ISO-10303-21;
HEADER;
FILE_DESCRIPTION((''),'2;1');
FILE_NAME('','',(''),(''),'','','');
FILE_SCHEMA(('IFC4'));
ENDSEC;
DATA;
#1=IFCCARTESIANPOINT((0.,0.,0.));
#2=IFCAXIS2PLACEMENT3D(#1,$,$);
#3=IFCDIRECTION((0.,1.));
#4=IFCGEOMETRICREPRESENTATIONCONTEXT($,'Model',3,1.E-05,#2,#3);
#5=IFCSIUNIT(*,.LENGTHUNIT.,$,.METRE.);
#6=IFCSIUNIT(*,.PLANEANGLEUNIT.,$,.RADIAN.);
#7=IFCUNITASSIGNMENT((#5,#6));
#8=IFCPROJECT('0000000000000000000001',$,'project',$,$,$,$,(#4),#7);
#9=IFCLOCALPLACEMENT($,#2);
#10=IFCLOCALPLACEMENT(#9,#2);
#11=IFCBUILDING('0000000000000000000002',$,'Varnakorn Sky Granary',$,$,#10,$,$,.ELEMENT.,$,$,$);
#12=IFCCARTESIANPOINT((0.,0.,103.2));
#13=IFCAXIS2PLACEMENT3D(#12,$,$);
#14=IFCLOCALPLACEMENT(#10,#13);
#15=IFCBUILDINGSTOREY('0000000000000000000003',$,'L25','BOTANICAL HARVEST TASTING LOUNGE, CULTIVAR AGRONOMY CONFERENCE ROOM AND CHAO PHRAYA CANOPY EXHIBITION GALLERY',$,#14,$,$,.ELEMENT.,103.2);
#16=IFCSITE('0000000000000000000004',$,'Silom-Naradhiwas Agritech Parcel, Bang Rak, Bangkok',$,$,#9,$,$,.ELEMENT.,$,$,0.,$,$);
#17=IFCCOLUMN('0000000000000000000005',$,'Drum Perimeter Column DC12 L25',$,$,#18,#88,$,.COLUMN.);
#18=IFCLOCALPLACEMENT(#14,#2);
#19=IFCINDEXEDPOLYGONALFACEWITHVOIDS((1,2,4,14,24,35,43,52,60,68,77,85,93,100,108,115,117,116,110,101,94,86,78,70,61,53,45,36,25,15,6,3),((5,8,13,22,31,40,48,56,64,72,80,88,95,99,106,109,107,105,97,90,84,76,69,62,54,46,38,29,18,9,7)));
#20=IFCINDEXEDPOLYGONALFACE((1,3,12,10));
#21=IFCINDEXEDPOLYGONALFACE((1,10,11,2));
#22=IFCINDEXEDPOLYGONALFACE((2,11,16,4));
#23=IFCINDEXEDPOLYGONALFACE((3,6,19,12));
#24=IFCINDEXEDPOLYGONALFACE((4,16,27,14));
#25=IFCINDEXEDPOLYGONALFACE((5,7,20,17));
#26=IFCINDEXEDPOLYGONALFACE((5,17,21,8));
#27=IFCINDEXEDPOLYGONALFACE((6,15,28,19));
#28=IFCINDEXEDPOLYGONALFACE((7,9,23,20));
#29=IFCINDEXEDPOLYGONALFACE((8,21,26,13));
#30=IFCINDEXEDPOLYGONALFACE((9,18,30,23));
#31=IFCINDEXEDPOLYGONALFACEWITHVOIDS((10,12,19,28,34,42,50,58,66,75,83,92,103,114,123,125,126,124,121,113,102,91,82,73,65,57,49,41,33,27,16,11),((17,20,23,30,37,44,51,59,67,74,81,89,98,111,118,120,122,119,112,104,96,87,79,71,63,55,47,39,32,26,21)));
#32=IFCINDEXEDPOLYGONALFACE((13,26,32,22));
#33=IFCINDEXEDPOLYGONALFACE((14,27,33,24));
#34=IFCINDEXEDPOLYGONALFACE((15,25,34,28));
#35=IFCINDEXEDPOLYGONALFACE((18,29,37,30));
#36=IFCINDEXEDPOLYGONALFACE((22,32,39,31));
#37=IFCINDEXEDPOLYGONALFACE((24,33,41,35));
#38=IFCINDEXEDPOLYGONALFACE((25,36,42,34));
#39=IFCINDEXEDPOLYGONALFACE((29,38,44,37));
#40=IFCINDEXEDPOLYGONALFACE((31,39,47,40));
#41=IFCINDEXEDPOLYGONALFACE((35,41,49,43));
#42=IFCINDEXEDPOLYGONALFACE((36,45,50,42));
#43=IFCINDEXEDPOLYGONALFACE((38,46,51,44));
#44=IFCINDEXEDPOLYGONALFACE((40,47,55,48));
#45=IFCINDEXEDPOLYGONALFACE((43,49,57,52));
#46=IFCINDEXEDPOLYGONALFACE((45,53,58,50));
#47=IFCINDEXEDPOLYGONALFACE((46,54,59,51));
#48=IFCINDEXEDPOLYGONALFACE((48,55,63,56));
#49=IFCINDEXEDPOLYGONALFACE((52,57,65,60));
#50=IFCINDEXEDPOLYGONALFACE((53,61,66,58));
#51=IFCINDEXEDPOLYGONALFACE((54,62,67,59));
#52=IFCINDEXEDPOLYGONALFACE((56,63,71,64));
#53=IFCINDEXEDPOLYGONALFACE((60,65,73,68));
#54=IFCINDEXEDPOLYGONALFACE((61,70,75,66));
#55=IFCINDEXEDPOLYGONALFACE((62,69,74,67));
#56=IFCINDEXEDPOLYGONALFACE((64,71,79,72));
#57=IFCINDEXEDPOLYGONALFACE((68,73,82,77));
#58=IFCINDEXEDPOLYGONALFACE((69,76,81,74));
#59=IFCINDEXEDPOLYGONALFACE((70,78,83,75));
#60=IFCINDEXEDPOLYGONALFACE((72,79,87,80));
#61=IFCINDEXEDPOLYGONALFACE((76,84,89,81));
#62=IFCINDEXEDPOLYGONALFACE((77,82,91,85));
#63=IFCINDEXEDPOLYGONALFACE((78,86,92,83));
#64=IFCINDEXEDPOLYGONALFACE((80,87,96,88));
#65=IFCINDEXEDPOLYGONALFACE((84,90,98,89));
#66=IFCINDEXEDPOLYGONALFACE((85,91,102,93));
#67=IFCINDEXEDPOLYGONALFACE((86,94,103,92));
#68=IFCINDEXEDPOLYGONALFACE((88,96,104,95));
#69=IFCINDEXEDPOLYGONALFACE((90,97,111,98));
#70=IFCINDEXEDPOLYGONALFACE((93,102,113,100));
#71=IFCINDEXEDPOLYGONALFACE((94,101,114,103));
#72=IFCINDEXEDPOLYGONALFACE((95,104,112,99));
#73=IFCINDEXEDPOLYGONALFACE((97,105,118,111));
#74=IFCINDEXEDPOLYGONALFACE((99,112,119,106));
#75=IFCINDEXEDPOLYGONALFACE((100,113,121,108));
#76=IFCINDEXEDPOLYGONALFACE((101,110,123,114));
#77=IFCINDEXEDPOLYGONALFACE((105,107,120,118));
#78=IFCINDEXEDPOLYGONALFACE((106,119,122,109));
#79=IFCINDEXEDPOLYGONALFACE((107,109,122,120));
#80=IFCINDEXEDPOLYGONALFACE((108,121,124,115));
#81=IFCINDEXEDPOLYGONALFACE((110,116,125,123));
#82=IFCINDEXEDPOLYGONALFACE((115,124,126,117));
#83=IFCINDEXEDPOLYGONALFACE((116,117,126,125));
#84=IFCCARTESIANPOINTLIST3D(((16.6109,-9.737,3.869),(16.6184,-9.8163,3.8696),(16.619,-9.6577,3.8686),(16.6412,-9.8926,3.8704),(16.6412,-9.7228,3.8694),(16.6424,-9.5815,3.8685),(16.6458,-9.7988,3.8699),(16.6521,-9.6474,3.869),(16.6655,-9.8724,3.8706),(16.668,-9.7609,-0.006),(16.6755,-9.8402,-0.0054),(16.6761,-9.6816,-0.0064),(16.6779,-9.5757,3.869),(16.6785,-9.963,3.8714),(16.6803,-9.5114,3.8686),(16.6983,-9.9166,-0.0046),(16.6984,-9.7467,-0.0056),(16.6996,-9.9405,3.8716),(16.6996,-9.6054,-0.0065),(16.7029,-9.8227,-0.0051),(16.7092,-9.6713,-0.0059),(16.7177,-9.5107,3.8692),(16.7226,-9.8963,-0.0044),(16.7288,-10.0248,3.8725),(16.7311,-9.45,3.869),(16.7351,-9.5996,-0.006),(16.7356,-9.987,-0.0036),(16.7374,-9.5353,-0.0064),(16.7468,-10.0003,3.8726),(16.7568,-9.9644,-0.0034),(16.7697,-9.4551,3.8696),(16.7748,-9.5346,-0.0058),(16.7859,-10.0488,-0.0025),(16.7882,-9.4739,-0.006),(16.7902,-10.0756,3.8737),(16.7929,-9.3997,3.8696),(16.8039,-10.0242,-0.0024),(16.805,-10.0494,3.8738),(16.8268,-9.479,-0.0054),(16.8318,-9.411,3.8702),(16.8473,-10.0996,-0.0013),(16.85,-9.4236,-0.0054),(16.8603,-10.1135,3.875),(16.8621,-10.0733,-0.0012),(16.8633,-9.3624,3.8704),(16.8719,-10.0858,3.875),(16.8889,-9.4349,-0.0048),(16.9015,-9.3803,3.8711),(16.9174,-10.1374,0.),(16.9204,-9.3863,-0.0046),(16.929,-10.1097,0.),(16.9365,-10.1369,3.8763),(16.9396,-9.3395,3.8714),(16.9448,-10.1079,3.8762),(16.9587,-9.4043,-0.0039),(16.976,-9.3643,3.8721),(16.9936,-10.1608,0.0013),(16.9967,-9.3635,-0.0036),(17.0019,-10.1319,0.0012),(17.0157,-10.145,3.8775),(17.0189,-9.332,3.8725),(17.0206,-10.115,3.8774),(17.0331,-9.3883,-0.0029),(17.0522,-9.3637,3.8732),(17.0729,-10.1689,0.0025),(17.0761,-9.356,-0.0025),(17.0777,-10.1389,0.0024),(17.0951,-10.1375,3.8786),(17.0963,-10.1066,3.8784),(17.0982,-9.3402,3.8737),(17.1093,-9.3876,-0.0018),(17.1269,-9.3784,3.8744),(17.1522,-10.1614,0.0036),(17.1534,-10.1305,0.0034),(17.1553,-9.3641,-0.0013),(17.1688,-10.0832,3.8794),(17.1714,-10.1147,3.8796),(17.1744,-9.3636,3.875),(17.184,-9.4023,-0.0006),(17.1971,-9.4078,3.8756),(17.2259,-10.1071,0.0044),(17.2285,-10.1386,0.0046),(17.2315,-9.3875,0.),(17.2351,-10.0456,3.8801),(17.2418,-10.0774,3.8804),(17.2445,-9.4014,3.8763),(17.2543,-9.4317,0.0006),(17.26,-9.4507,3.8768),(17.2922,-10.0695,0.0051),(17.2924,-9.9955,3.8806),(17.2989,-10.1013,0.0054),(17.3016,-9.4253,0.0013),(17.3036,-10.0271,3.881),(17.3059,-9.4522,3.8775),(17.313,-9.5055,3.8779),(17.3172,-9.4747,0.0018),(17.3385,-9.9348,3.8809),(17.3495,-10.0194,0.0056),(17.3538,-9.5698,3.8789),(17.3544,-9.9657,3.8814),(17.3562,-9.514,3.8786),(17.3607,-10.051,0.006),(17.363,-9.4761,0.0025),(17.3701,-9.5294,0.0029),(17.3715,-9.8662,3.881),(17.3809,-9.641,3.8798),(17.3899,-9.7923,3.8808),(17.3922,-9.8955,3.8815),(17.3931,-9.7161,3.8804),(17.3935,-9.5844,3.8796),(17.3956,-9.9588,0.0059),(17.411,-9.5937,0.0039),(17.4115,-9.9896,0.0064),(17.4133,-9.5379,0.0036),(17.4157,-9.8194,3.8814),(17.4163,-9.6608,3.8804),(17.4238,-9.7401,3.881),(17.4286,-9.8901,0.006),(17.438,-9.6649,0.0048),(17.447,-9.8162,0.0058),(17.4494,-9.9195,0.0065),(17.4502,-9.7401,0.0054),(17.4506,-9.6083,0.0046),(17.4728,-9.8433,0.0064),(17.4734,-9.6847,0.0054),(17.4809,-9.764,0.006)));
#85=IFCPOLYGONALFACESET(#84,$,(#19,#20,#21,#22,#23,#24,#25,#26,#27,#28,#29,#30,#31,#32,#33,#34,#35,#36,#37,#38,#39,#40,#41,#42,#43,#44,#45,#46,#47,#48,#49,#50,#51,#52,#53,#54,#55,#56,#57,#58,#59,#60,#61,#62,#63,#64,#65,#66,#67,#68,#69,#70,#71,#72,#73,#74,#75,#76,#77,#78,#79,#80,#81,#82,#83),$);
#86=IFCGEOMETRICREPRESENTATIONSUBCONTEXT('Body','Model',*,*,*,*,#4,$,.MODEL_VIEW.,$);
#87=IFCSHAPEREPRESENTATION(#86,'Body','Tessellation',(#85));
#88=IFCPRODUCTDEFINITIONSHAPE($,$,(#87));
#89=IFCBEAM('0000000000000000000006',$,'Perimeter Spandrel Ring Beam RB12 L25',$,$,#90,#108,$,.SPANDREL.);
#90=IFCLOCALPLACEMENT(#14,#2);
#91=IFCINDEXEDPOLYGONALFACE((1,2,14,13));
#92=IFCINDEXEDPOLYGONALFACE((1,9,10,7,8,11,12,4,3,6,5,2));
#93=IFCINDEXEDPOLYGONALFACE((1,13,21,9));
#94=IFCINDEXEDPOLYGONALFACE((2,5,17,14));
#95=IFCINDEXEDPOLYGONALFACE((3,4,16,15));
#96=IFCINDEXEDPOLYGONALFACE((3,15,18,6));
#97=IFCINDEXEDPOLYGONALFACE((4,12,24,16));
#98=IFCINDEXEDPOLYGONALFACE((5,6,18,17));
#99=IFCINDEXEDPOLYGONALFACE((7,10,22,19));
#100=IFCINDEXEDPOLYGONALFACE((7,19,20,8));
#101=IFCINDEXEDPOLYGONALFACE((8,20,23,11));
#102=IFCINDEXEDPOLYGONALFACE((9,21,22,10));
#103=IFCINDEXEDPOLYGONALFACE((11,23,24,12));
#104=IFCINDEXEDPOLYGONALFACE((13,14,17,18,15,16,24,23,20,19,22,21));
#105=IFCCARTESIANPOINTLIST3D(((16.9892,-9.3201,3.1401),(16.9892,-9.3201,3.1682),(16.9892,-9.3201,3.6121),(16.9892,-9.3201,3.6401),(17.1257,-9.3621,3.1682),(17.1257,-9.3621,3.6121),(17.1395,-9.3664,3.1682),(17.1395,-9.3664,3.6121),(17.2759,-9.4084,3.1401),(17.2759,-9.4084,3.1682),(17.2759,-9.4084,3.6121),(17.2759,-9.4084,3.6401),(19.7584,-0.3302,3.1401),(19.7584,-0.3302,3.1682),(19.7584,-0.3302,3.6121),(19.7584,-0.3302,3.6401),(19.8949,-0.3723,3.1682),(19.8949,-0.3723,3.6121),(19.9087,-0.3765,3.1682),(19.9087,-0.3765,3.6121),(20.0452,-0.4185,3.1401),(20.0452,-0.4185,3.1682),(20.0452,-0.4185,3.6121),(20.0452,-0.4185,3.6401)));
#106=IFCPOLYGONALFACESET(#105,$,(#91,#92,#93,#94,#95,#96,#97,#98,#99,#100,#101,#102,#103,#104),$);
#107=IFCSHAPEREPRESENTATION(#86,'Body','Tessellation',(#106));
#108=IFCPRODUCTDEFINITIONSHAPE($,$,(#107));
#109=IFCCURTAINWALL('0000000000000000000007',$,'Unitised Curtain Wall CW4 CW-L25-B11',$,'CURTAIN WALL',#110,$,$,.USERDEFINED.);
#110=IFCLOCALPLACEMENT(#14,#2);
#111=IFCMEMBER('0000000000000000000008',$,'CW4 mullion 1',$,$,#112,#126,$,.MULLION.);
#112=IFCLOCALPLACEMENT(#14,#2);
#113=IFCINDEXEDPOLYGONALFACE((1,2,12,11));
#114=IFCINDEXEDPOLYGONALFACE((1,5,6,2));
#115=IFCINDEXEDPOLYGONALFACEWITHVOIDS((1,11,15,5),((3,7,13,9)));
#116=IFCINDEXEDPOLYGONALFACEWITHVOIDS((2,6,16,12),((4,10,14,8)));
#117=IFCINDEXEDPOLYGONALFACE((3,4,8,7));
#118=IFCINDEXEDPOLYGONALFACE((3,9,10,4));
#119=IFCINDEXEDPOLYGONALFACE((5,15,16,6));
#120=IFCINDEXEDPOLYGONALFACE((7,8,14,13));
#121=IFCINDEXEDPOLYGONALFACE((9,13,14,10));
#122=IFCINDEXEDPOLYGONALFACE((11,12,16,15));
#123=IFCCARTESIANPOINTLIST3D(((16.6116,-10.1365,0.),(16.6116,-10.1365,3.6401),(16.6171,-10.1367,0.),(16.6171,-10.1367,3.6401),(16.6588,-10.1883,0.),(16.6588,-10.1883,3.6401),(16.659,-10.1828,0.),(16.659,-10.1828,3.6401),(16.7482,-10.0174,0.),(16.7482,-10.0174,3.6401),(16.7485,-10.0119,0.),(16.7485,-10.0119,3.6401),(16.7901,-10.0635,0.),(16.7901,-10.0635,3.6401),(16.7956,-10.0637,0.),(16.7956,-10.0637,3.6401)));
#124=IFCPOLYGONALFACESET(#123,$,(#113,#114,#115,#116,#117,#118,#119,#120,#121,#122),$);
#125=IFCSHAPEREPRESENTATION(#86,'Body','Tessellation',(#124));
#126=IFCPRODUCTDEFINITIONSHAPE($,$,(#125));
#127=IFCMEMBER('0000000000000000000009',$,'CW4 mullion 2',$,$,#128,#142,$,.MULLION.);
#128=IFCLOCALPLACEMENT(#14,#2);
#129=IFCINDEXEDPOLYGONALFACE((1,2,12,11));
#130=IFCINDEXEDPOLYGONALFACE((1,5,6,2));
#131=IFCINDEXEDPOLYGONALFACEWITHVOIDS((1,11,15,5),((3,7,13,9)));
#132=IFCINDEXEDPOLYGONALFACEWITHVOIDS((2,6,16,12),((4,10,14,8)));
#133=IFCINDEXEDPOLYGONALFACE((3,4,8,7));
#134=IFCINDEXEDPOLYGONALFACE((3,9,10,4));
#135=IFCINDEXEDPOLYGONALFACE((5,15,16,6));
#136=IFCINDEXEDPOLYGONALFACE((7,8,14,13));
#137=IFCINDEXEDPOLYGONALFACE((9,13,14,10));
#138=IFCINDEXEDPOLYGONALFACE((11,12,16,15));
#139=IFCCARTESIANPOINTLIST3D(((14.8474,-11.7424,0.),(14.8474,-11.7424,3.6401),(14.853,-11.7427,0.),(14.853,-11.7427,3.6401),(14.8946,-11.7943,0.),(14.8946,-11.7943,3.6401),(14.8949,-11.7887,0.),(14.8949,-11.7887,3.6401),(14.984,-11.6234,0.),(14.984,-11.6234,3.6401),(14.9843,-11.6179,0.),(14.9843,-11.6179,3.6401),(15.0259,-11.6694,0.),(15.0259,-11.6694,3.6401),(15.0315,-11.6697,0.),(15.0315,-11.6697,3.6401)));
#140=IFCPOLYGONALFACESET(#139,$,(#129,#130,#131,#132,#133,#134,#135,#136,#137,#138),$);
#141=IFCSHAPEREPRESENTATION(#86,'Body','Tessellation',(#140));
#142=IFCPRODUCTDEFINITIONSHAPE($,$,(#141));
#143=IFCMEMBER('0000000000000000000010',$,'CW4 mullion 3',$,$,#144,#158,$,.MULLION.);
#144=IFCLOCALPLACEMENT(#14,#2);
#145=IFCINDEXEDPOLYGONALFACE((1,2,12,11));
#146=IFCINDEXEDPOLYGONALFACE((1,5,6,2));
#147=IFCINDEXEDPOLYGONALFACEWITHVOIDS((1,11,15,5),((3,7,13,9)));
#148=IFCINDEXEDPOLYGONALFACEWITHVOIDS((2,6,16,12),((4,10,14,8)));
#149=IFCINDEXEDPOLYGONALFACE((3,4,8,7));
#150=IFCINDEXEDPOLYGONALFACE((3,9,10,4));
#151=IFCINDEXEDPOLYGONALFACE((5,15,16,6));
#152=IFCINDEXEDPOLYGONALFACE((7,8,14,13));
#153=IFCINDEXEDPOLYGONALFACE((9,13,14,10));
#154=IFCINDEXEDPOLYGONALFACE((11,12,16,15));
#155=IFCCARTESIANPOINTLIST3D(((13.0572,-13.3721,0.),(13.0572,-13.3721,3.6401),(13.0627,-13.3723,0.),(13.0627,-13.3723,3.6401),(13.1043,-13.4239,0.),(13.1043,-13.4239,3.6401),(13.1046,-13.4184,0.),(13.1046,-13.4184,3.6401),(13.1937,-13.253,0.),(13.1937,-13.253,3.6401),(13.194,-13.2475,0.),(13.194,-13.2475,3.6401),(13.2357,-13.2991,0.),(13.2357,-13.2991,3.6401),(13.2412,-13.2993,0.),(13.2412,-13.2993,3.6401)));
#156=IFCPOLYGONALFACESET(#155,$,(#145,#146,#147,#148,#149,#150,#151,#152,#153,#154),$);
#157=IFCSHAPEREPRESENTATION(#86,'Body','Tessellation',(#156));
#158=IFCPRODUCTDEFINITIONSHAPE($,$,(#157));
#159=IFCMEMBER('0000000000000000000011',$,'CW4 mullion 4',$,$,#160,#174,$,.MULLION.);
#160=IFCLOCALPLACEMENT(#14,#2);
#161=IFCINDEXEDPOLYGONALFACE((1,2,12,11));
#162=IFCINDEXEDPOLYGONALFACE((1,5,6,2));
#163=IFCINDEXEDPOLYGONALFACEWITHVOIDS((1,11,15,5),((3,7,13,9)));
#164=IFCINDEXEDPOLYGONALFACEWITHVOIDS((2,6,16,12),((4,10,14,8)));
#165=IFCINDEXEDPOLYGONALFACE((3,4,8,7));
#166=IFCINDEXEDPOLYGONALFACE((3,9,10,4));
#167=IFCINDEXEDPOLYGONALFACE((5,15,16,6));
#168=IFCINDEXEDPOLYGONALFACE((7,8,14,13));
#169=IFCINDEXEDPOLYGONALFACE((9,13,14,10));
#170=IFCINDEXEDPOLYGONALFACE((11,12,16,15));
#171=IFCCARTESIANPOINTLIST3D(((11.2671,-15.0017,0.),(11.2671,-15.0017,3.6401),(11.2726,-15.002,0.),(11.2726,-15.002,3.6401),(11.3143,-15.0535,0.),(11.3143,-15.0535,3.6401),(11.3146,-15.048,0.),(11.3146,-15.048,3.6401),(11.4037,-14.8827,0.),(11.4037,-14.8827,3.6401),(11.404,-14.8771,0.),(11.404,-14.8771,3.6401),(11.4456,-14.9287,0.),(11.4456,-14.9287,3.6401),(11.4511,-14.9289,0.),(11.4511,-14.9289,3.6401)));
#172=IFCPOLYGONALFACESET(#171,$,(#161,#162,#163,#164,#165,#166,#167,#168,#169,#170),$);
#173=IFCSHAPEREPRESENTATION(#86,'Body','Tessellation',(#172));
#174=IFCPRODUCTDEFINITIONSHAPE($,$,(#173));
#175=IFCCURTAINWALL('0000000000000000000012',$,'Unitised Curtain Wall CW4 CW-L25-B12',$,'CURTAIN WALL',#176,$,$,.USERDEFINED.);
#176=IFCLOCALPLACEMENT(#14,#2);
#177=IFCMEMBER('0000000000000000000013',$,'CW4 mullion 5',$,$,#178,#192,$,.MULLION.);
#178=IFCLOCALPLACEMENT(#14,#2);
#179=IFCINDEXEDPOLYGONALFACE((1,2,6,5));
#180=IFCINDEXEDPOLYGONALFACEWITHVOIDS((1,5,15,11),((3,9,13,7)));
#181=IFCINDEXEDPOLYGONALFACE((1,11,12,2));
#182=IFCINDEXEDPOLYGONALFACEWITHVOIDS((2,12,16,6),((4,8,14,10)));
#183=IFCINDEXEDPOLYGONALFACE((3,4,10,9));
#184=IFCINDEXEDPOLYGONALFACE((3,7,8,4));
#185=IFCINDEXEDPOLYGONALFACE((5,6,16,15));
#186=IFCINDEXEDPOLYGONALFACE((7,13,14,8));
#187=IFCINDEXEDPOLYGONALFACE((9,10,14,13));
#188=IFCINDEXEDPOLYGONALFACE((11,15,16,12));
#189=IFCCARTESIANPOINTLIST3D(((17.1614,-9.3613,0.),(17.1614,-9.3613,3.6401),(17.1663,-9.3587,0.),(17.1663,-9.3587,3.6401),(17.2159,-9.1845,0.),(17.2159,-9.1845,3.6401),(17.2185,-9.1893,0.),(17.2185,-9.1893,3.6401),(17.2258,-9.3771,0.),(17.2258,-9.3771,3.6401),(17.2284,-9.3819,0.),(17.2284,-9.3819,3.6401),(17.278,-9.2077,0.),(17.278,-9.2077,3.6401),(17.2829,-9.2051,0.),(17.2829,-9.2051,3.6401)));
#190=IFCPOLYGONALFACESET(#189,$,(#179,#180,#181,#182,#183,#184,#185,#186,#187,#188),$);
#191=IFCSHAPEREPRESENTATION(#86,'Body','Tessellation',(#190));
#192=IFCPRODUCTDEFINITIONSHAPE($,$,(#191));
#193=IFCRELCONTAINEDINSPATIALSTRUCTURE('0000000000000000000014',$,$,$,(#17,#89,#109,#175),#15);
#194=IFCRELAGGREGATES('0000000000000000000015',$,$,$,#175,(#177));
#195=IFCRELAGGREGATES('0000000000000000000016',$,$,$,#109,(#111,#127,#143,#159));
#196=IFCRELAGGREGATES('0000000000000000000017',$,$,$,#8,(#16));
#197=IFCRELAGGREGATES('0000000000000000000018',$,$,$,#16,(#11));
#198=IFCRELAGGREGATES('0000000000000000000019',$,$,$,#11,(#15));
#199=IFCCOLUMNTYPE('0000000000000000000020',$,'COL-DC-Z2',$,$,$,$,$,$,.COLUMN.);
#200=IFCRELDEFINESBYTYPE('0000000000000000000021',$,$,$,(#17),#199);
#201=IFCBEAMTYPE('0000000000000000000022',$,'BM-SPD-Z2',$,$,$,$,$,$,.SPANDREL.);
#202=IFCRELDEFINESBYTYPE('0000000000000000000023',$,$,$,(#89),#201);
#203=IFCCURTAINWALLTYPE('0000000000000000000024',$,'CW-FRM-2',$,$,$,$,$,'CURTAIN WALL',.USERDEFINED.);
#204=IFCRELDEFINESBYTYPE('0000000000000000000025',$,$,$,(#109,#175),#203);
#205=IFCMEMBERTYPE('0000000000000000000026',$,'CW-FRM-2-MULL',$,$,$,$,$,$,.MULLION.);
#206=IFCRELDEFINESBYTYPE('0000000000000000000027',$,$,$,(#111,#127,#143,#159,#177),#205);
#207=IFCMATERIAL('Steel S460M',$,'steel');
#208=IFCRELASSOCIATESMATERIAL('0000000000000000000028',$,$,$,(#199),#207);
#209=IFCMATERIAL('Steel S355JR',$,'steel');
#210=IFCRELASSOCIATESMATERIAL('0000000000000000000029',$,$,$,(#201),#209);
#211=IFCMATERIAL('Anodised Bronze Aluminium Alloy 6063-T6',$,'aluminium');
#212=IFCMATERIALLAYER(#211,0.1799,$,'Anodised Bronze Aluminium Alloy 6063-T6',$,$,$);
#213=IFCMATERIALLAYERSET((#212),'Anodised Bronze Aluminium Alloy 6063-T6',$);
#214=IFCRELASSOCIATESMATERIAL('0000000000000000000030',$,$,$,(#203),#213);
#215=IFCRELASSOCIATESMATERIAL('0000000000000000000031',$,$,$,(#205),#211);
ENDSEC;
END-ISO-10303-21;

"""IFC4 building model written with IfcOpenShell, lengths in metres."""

from ifc_helpers import new_model, si_unit, direction, frame, origin, origin_2d, place, context, subcontext, project, spatial, hollow_rectangle, hollow_circle, i_section, extrude, material, layer, layer_set, material_profile, profile_set, type_object, element, aggregate, save


model = new_model("IFC4")

# Units and contexts
model_context = context("Model", 3, precision=1e-05, world=origin(), true_north=direction((0.0, 1.0)))
body_context = subcontext(model_context, "Body", "Model", "MODEL_VIEW")
ifc_project = project(units=[si_unit("LENGTHUNIT", "METRE"), si_unit("PLANEANGLEUNIT", "RADIAN")], contexts=[model_context])

# Site, building, storey
site_placement = place(None, origin())
site = spatial("IfcSite", under=ifc_project, at=site_placement, Name="Silom-Naradhiwas Agritech Parcel, Bang Rak, Bangkok", CompositionType="ELEMENT", RefElevation=0.0)
building_placement = place(site_placement, origin())
building = spatial("IfcBuilding", under=site, at=building_placement, Name="Varnakorn Sky Granary", CompositionType="ELEMENT")
storey_placement = place(building_placement, frame((0.0, 0.0, 103.2)))
storey = spatial("IfcBuildingStorey", under=building, at=storey_placement, Name="L25", Description="BOTANICAL HARVEST TASTING LOUNGE, CULTIVAR AGRONOMY CONFERENCE ROOM AND CHAO PHRAYA CANOPY EXHIBITION GALLERY", CompositionType="ELEMENT", Elevation=103.2)

# Column
ifc_material_1 = material(Name="Steel S460M", Category="steel")
ifc_material_profile_1 = material_profile(ifc_material_1, hollow_circle(Radius=0.4065, WallThickness=0.03, at=origin_2d()), Name="CHS 813x30")
ifc_profile_set_1 = profile_set([ifc_material_profile_1], Name="Steel S460M")
column_type = type_object("IfcColumnType", Name="COL-DC-Z2", PredefinedType="COLUMN", material=ifc_profile_set_1)
column_placement = place(storey_placement, frame((17.0745, -9.7625, 0.0), z_axis=(-0.014741, 0.006174, 0.999872), x_axis=(-0.386294, -0.922376, 0.0)))
element("IfcColumn", 1, at=column_placement, inside=storey, type_object=column_type, Name="Drum Perimeter Column DC12 L25", PredefinedType="COLUMN", context=body_context, shape_type="SweptSolid", body=[
    extrude(hollow_circle(Radius=0.4065, WallThickness=0.03, at=origin_2d()), origin(), (0.0, 0.0, 1.0), 3.8755),
])

# Beam
ifc_material_2 = material(Name="Steel S355JR", Category="steel")
ifc_material_profile_2 = material_profile(ifc_material_2, i_section(OverallWidth=0.3, OverallDepth=0.5, WebThickness=0.0144, FlangeThickness=0.0281, at=origin_2d()), Name="HE 500 B")
ifc_profile_set_2 = profile_set([ifc_material_profile_2], Name="Steel S355JR")
beam_type = type_object("IfcBeamType", Name="BM-SPD-Z2", PredefinedType="SPANDREL", material=ifc_profile_set_2)
beam_placement = place(storey_placement, frame((17.1326, -9.3643, 3.3901), z_axis=(0.29439, 0.955685, 0.0), x_axis=(-0.955685, 0.29439, 0.0)))
element("IfcBeam", 2, at=beam_placement, inside=storey, type_object=beam_type, Name="Perimeter Spandrel Ring Beam RB12 L25", PredefinedType="SPANDREL", context=body_context, shape_type="SweptSolid", body=[
    extrude(i_section(OverallWidth=0.3, OverallDepth=0.5, WebThickness=0.0144, FlangeThickness=0.0281, at=origin_2d()), origin(), (0.0, 0.0, 1.0), 9.4067),
])

# Curtain wall, members
ifc_material_3 = material(Name="Anodised Bronze Aluminium Alloy 6063-T6", Category="aluminium")
ifc_layer_1 = layer(ifc_material_3, 0.1799, Name="Anodised Bronze Aluminium Alloy 6063-T6")
ifc_layer_set_1 = layer_set([ifc_layer_1], Name="Anodised Bronze Aluminium Alloy 6063-T6")
curtain_wall_type = type_object("IfcCurtainWallType", Name="CW-FRM-2", ElementType="CURTAIN WALL", PredefinedType="USERDEFINED", material=ifc_layer_set_1)
curtain_wall_1_placement = place(storey_placement, origin())
curtain_wall_1 = element("IfcCurtainWall", 3, at=curtain_wall_1_placement, inside=storey, type_object=curtain_wall_type, Name="Unitised Curtain Wall CW4 CW-L25-B11", ObjectType="CURTAIN WALL", PredefinedType="USERDEFINED")
ifc_material_profile_3 = material_profile(ifc_material_3, hollow_rectangle(XDim=0.0701, YDim=0.1851, WallThickness=0.0039, at=origin_2d()), Name="ALU MULL 70x185")
ifc_profile_set_3 = profile_set([ifc_material_profile_3], Name="Anodised Bronze Aluminium Alloy 6063-T6")
member_type_1 = type_object("IfcMemberType", Name="CW-FRM-2-MULL", PredefinedType="MULLION", material=ifc_profile_set_3)
member_1_placement = place(storey_placement, frame((16.7036, -10.1001, 0.0), z_axis=(0.0, 0.0, 1.0), x_axis=(0.673185, -0.739474, 0.0)))
member_1 = element("IfcMember", 4, at=member_1_placement, type_object=member_type_1, Name="CW4 mullion 1", PredefinedType="MULLION", context=body_context, shape_type="SweptSolid", body=[
    extrude(hollow_rectangle(XDim=0.0701, YDim=0.1851, WallThickness=0.0039, at=origin_2d()), origin(), (0.0, 0.0, 1.0), 3.6401),
])
member_2_placement = place(storey_placement, frame((14.9395, -11.7061, 0.0), z_axis=(0.0, 0.0, 1.0), x_axis=(0.673185, -0.739474, 0.0)))
member_2 = element("IfcMember", 5, at=member_2_placement, type_object=member_type_1, Name="CW4 mullion 2", PredefinedType="MULLION", context=body_context, shape_type="SweptSolid", body=[
    extrude(hollow_rectangle(XDim=0.0701, YDim=0.1851, WallThickness=0.0039, at=origin_2d()), origin(), (0.0, 0.0, 1.0), 3.6401),
])
member_3_placement = place(storey_placement, frame((13.1492, -13.3357, 0.0), z_axis=(0.0, 0.0, 1.0), x_axis=(0.673185, -0.739474, 0.0)))
member_3 = element("IfcMember", 6, at=member_3_placement, type_object=member_type_1, Name="CW4 mullion 3", PredefinedType="MULLION", context=body_context, shape_type="SweptSolid", body=[
    extrude(hollow_rectangle(XDim=0.0701, YDim=0.1851, WallThickness=0.0039, at=origin_2d()), origin(), (0.0, 0.0, 1.0), 3.6401),
])
member_4_placement = place(storey_placement, frame((11.3591, -14.9653, 0.0), z_axis=(0.0, 0.0, 1.0), x_axis=(0.673185, -0.739474, 0.0)))
member_4 = element("IfcMember", 7, at=member_4_placement, type_object=member_type_1, Name="CW4 mullion 4", PredefinedType="MULLION", context=body_context, shape_type="SweptSolid", body=[
    extrude(hollow_rectangle(XDim=0.0701, YDim=0.1851, WallThickness=0.0039, at=origin_2d()), origin(), (0.0, 0.0, 1.0), 3.6401),
])

# Curtain wall, member
curtain_wall_2_placement = place(storey_placement, origin())
curtain_wall_2 = element("IfcCurtainWall", 8, at=curtain_wall_2_placement, inside=storey, type_object=curtain_wall_type, Name="Unitised Curtain Wall CW4 CW-L25-B12", ObjectType="CURTAIN WALL", PredefinedType="USERDEFINED")
member_5_placement = place(storey_placement, frame((17.2222, -9.2832, 0.0), z_axis=(0.0, 0.0, 1.0), x_axis=(0.955652, -0.294498, 0.0)))
member_5 = element("IfcMember", 9, at=member_5_placement, type_object=member_type_1, Name="CW4 mullion 5", PredefinedType="MULLION", context=body_context, shape_type="SweptSolid", body=[
    extrude(hollow_rectangle(XDim=0.0701, YDim=0.1851, WallThickness=0.0039, at=origin_2d()), origin(), (0.0, 0.0, 1.0), 3.6401),
])

aggregate(curtain_wall_2, [member_5])
aggregate(curtain_wall_1, [member_1, member_2, member_3, member_4])

save(model, "model.ifc")
